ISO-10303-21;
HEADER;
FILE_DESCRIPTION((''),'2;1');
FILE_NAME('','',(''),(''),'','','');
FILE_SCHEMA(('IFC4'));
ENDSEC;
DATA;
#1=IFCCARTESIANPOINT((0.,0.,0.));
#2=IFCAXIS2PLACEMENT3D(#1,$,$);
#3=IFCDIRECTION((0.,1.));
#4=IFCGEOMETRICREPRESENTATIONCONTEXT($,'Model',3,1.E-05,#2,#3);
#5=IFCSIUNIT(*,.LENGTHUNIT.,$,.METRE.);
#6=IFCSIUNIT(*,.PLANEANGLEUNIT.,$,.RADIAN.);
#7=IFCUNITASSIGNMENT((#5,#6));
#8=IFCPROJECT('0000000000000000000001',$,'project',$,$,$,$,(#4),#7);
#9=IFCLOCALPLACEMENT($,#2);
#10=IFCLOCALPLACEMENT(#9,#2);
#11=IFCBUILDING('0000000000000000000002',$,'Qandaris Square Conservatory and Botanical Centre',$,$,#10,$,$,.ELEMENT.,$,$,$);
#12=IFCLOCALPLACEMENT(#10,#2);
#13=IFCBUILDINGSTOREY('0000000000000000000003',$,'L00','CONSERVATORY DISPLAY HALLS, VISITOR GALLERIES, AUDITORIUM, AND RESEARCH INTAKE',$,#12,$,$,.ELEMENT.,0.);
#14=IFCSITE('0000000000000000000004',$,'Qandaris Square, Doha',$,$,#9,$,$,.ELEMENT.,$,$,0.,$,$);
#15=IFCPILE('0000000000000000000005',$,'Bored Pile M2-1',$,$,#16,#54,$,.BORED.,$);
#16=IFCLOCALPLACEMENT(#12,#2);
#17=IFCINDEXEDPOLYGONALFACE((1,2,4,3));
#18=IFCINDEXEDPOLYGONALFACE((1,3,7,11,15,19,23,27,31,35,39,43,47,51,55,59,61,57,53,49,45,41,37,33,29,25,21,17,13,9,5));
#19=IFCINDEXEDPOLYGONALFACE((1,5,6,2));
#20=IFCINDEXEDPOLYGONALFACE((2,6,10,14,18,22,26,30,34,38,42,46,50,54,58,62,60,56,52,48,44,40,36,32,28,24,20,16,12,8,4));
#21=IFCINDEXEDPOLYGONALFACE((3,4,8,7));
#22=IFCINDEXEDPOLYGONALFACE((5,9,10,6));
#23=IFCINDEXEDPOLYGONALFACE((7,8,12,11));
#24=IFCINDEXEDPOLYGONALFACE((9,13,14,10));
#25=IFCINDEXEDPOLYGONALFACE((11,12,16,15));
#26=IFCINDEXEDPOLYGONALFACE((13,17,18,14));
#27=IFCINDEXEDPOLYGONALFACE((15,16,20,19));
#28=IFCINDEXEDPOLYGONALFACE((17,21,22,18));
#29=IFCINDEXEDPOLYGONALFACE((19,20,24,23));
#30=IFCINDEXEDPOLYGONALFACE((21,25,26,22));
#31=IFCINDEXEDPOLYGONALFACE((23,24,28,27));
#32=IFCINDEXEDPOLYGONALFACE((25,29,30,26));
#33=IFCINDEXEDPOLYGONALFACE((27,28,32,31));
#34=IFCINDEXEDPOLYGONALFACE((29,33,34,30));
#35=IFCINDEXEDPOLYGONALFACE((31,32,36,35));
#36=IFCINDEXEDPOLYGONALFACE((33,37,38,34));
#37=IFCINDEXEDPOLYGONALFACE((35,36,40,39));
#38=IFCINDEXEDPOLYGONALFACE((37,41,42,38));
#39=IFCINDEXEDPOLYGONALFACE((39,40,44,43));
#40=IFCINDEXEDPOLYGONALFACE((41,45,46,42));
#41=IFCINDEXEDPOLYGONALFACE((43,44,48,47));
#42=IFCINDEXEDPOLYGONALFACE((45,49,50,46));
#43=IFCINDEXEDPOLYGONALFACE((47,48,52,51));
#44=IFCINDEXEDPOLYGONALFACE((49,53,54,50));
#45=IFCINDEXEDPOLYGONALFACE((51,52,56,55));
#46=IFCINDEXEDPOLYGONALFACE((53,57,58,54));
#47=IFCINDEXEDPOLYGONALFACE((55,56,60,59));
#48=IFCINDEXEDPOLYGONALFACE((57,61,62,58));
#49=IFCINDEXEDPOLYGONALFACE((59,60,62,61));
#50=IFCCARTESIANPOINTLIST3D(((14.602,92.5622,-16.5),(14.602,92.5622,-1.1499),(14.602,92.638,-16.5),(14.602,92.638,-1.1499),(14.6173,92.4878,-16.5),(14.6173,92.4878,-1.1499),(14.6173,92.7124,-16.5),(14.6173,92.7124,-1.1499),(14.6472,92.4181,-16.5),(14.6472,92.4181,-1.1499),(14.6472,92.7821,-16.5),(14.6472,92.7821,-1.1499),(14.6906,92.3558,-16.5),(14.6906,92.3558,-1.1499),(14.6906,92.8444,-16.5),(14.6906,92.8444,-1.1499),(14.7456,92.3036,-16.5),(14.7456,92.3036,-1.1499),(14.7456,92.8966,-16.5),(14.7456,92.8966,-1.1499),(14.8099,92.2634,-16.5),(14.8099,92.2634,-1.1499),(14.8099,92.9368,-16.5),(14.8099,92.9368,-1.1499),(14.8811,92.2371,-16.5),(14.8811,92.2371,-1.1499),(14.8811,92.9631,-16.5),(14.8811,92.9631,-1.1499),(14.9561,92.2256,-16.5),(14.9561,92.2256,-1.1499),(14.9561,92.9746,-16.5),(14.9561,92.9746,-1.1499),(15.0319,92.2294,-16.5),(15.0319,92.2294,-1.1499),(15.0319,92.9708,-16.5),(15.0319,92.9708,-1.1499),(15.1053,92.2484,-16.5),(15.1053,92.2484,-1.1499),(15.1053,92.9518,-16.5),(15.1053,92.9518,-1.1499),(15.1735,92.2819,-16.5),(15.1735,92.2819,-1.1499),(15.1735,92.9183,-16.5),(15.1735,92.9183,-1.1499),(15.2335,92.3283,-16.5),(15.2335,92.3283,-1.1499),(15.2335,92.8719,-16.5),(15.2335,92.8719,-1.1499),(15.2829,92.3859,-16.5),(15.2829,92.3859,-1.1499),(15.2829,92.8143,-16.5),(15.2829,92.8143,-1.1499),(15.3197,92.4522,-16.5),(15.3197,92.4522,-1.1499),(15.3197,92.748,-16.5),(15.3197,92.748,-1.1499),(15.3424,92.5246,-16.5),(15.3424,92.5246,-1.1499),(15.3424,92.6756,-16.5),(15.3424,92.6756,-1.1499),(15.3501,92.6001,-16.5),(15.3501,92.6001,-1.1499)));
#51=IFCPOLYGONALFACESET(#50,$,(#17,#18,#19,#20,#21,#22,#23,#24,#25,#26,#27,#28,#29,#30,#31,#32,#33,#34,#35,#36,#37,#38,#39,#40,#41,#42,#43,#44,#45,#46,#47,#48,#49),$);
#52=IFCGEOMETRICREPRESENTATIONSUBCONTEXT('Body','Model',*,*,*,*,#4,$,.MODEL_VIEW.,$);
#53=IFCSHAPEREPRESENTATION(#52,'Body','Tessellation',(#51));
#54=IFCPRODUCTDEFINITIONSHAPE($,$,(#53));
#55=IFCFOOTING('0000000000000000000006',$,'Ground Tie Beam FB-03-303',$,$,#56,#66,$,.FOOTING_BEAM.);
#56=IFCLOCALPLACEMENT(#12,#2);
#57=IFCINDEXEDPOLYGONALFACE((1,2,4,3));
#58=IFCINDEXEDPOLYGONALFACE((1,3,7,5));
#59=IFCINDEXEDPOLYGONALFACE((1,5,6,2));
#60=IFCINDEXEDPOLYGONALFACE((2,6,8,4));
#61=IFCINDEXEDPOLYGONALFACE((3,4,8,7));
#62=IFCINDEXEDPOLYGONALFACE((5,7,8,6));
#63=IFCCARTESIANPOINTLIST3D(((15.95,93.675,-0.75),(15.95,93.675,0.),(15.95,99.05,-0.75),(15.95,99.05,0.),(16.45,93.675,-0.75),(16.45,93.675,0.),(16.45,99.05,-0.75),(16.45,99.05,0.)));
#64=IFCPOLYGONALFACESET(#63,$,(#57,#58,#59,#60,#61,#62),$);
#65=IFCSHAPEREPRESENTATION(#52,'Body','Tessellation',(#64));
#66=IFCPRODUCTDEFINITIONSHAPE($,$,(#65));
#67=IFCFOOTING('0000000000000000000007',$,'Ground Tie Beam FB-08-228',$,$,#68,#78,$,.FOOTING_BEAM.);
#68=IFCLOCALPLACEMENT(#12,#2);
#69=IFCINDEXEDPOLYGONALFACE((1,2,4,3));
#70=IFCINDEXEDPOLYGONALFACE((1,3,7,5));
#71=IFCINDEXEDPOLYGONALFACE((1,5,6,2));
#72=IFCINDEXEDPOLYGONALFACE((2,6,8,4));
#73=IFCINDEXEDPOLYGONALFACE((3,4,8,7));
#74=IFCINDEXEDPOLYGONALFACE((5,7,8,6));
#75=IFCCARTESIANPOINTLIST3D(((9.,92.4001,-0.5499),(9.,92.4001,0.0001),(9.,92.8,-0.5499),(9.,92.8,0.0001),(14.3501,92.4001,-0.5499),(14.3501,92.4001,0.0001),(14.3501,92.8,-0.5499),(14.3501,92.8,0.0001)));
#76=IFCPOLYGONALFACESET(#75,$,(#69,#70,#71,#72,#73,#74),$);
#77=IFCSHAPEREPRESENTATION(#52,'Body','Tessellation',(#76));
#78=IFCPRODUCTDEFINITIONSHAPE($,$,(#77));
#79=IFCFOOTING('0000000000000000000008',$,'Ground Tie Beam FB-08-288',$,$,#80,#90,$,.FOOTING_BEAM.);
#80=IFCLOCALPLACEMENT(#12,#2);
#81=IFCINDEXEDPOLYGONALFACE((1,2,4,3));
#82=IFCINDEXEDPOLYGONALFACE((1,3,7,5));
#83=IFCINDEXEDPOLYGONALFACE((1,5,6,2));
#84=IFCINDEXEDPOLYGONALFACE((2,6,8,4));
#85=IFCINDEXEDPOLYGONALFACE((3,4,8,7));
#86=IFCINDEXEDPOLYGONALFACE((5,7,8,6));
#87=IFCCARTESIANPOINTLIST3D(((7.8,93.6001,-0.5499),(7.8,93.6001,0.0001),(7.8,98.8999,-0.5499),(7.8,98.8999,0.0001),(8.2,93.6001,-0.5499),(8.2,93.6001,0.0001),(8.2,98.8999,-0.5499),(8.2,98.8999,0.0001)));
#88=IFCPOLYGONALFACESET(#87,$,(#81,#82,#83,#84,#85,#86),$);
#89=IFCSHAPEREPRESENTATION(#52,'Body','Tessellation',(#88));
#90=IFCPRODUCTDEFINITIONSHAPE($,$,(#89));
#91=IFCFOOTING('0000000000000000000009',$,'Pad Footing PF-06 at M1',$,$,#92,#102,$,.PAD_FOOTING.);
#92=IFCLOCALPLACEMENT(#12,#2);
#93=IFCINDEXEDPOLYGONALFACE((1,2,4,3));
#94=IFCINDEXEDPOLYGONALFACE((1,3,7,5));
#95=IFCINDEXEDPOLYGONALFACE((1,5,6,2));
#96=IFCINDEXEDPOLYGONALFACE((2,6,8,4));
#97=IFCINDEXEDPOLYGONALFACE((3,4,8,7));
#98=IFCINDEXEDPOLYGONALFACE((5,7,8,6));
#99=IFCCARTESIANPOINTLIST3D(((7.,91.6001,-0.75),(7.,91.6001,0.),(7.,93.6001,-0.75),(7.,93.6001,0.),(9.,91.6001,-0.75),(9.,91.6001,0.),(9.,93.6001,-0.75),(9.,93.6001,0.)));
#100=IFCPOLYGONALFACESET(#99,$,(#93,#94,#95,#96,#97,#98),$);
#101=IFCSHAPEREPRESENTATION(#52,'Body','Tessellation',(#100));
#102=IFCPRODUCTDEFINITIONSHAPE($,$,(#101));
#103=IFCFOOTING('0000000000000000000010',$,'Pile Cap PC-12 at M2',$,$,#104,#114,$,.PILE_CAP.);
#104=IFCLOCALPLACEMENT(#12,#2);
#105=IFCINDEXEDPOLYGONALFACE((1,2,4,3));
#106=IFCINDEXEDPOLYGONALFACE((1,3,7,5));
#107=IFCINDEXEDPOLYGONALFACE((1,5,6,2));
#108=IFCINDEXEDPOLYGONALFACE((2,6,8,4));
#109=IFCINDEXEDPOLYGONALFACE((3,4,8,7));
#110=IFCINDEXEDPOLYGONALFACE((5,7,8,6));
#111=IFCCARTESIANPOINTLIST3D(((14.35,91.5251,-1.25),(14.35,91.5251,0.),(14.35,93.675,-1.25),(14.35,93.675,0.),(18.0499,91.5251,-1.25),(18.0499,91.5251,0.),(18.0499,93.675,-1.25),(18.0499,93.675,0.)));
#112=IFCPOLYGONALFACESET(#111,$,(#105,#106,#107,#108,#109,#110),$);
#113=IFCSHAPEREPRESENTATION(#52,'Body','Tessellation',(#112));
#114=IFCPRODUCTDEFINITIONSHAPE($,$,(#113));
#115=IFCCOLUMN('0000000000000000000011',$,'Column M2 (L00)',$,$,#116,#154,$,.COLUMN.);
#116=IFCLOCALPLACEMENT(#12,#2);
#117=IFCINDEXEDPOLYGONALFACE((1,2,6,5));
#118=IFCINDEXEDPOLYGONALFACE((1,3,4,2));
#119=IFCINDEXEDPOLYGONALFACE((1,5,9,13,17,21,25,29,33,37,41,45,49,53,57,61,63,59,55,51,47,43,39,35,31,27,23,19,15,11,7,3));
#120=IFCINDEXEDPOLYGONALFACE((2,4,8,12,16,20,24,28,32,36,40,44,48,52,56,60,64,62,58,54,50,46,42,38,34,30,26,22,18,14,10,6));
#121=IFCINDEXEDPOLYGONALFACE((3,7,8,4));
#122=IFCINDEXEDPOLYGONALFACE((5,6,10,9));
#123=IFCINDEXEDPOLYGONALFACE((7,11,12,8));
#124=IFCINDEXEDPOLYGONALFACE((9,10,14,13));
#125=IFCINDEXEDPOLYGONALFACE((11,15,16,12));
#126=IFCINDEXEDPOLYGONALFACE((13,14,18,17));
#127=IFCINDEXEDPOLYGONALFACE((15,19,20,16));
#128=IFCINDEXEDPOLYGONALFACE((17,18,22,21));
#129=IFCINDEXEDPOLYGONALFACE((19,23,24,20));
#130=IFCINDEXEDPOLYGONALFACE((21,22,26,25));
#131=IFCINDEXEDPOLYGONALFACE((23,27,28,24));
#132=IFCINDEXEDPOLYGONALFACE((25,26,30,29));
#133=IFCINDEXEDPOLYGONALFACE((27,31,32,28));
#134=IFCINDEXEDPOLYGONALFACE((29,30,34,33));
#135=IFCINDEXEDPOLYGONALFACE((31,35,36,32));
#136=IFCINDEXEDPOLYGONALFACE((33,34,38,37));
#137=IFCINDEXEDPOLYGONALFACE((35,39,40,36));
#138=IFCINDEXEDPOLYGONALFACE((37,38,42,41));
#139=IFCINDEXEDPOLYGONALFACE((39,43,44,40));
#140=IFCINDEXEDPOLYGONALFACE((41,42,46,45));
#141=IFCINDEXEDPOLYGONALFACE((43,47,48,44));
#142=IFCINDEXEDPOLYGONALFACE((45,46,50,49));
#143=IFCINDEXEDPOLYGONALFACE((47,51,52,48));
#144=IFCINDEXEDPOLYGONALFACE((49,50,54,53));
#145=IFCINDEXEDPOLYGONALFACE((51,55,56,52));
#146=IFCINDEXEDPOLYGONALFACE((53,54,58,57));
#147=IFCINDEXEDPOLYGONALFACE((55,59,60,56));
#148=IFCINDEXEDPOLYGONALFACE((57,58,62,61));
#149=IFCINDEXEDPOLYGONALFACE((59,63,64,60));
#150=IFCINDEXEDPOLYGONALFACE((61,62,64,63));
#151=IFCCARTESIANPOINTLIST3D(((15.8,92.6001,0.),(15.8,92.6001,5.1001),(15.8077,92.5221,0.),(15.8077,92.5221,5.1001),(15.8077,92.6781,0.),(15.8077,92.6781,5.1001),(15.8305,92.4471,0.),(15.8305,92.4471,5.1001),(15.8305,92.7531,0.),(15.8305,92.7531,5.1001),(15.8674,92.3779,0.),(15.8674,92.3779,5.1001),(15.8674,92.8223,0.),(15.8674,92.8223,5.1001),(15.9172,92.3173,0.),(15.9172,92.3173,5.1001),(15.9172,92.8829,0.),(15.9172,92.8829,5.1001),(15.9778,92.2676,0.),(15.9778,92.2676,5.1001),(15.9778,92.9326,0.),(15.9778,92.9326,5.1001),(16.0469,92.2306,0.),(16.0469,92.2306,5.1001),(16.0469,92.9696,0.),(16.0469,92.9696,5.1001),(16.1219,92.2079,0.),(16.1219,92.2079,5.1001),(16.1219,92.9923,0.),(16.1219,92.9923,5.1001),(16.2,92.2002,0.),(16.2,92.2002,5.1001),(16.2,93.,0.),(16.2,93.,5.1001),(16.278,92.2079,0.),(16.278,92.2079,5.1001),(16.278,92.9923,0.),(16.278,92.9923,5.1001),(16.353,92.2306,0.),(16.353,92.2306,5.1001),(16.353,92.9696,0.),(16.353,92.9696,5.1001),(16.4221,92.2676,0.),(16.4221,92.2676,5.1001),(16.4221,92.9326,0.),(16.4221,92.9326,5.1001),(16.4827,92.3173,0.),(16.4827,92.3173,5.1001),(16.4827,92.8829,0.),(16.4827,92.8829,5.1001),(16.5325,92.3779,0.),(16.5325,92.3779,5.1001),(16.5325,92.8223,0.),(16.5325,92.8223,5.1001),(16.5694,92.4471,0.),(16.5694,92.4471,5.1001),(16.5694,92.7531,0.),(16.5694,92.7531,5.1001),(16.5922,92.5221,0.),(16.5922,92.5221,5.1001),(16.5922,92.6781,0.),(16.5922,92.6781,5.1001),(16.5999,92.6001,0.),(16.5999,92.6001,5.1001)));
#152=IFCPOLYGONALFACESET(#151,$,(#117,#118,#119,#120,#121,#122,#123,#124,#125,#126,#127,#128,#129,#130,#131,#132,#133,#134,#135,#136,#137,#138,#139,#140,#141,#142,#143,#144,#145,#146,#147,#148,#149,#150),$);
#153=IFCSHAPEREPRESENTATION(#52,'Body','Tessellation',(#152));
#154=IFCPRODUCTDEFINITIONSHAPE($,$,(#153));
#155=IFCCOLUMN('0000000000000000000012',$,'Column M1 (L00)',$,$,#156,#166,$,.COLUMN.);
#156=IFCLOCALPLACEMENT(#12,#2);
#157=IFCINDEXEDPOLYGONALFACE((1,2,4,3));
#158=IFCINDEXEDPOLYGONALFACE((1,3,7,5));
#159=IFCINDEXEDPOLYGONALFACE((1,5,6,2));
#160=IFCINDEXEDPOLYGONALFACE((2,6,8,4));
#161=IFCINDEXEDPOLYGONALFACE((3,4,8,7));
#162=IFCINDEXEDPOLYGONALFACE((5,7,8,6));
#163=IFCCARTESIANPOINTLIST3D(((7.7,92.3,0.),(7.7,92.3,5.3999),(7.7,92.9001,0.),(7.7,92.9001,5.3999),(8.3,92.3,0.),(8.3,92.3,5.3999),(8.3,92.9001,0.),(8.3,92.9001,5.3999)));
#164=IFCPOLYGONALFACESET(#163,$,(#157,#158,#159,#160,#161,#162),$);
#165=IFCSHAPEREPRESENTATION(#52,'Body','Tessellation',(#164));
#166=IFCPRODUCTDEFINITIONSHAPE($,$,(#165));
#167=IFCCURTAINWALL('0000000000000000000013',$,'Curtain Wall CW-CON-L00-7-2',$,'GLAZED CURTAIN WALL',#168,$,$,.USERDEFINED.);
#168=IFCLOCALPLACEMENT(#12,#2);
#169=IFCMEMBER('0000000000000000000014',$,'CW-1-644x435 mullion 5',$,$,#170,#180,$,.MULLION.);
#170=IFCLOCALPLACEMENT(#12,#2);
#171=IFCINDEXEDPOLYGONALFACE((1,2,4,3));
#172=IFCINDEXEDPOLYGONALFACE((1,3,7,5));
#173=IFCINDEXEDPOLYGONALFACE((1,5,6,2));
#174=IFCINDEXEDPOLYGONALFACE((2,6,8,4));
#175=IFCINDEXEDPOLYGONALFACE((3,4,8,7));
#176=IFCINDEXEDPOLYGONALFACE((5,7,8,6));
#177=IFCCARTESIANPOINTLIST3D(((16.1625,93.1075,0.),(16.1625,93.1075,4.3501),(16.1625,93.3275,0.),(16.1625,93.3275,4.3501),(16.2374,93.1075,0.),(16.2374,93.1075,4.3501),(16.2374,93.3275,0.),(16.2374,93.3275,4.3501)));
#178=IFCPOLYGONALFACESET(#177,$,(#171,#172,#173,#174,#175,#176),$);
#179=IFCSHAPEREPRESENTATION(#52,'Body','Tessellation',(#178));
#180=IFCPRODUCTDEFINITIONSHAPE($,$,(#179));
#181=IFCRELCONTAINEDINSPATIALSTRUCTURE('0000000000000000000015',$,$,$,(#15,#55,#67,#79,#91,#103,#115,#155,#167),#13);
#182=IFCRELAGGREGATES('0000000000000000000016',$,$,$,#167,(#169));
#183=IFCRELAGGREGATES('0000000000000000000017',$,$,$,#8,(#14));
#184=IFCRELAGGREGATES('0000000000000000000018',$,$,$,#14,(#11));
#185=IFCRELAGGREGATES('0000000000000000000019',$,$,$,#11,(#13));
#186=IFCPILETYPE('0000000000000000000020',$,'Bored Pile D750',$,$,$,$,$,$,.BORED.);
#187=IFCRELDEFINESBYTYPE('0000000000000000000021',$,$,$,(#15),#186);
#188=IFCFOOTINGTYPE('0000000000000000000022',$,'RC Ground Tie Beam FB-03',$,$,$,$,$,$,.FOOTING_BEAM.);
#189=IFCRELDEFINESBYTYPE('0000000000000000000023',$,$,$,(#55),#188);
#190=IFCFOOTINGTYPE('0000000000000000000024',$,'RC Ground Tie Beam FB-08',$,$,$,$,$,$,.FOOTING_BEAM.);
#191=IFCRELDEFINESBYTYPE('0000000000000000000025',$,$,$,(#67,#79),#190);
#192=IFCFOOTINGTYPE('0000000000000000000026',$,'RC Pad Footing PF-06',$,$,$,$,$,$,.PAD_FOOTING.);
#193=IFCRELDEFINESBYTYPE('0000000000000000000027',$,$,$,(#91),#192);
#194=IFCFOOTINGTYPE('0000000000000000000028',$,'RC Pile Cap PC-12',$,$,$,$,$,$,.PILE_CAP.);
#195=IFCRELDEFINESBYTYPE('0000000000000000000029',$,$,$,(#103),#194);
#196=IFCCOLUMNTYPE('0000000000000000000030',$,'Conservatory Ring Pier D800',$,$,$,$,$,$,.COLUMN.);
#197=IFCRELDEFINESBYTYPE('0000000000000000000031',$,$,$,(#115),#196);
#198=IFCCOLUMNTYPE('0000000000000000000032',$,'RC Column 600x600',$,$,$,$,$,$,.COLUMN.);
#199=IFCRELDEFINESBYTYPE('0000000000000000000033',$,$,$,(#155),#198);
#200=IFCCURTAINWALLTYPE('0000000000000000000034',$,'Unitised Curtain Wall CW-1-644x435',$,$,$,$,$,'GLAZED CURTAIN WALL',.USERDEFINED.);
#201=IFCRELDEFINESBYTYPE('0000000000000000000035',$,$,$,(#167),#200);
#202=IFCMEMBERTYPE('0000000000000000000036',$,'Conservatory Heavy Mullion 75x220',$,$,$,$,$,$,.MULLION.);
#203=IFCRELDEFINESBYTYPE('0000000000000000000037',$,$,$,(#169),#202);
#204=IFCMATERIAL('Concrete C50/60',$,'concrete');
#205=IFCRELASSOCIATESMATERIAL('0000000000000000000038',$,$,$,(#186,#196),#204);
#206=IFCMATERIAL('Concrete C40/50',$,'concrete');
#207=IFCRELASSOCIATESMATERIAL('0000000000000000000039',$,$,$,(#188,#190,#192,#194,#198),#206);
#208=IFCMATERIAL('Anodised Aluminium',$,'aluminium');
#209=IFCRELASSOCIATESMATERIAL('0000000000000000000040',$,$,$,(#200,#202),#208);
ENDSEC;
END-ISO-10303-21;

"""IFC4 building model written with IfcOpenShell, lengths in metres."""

from ifc_helpers import new_model, si_unit, direction, frame, origin, origin_2d, place, context, subcontext, project, spatial, rectangle, circle, extrude, material, material_profile, profile_set, type_object, element, aggregate, save


model = new_model("IFC4")

# Units and contexts
model_context = context("Model", 3, precision=1e-05, world=origin(), true_north=direction((0.0, 1.0)))
body_context = subcontext(model_context, "Body", "Model", "MODEL_VIEW")
ifc_project = project(units=[si_unit("LENGTHUNIT", "METRE"), si_unit("PLANEANGLEUNIT", "RADIAN")], contexts=[model_context])

# Site, building, storey
site_placement = place(None, origin())
site = spatial("IfcSite", under=ifc_project, at=site_placement, Name="Qandaris Square, Doha", CompositionType="ELEMENT", RefElevation=0.0)
building_placement = place(site_placement, origin())
building = spatial("IfcBuilding", under=site, at=building_placement, Name="Qandaris Square Conservatory and Botanical Centre", CompositionType="ELEMENT")
storey_placement = place(building_placement, origin())
storey = spatial("IfcBuildingStorey", under=building, at=storey_placement, Name="L00", Description="CONSERVATORY DISPLAY HALLS, VISITOR GALLERIES, AUDITORIUM, AND RESEARCH INTAKE", CompositionType="ELEMENT", Elevation=0.0)

# Pile
ifc_material_1 = material(Name="Concrete C50/60", Category="concrete")
ifc_material_profile_1 = material_profile(ifc_material_1, circle(Radius=0.375, at=origin_2d()), Name="PILE D750")
ifc_profile_set_1 = profile_set([ifc_material_profile_1], Name="Concrete C50/60")
pile_type = type_object("IfcPileType", Name="Bored Pile D750", PredefinedType="BORED", material=ifc_profile_set_1)
pile_placement = place(storey_placement, frame((14.9751, 92.6001, -1.1499), z_axis=(0.0, 0.0, -1.0), x_axis=(1.0, 0.0, 0.0)))
element("IfcPile", 1, at=pile_placement, inside=storey, type_object=pile_type, Name="Bored Pile M2-1", PredefinedType="BORED", context=body_context, shape_type="SweptSolid", body=[
    extrude(circle(Radius=0.375, at=origin_2d()), origin(), (0.0, 0.0, 1.0), 15.3501),
])

# Footings
ifc_material_2 = material(Name="Concrete C40/50", Category="concrete")
ifc_material_profile_2 = material_profile(ifc_material_2, rectangle(XDim=0.5, YDim=0.75, at=origin_2d()), Name="FB 500x750")
ifc_profile_set_2 = profile_set([ifc_material_profile_2], Name="Concrete C40/50")
footing_type_1 = type_object("IfcFootingType", Name="RC Ground Tie Beam FB-03", PredefinedType="FOOTING_BEAM", material=ifc_profile_set_2)
footing_1_placement = place(storey_placement, frame((16.2, 93.675, -0.375), z_axis=(0.0, 1.0, 0.0), x_axis=(-1.0, 0.0, 0.0)))
element("IfcFooting", 2, at=footing_1_placement, inside=storey, type_object=footing_type_1, Name="Ground Tie Beam FB-03-303", PredefinedType="FOOTING_BEAM", context=body_context, shape_type="SweptSolid", body=[
    extrude(rectangle(XDim=0.5, YDim=0.75, at=origin_2d()), origin(), (0.0, 0.0, 1.0), 5.375),
])
ifc_material_profile_3 = material_profile(ifc_material_2, rectangle(XDim=0.3999, YDim=0.55, at=origin_2d()), Name="FB 400x550")
ifc_profile_set_3 = profile_set([ifc_material_profile_3], Name="Concrete C40/50")
footing_type_2 = type_object("IfcFootingType", Name="RC Ground Tie Beam FB-08", PredefinedType="FOOTING_BEAM", material=ifc_profile_set_3)
footing_2_placement = place(storey_placement, frame((9.0, 92.6001, -0.2749), z_axis=(1.0, 0.0, 0.0), x_axis=(0.0, 1.0, 0.0)))
element("IfcFooting", 3, at=footing_2_placement, inside=storey, type_object=footing_type_2, Name="Ground Tie Beam FB-08-228", PredefinedType="FOOTING_BEAM", context=body_context, shape_type="SweptSolid", body=[
    extrude(rectangle(XDim=0.3999, YDim=0.55, at=origin_2d()), origin(), (0.0, 0.0, 1.0), 5.3501),
])
footing_3_placement = place(storey_placement, frame((8.0, 93.6001, -0.2749), z_axis=(0.0, 1.0, 0.0), x_axis=(-1.0, 0.0, 0.0)))
element("IfcFooting", 4, at=footing_3_placement, inside=storey, type_object=footing_type_2, Name="Ground Tie Beam FB-08-288", PredefinedType="FOOTING_BEAM", context=body_context, shape_type="SweptSolid", body=[
    extrude(rectangle(XDim=0.3999, YDim=0.55, at=origin_2d()), origin(), (0.0, 0.0, 1.0), 5.2998),
])
footing_type_3 = type_object("IfcFootingType", Name="RC Pad Footing PF-06", PredefinedType="PAD_FOOTING", material=ifc_material_2)
footing_4_placement = place(storey_placement, frame((8.0, 92.6001, -0.75), z_axis=(0.0, 0.0, 1.0), x_axis=(1.0, 0.0, 0.0)))
element("IfcFooting", 5, at=footing_4_placement, inside=storey, type_object=footing_type_3, Name="Pad Footing PF-06 at M1", PredefinedType="PAD_FOOTING", context=body_context, shape_type="SweptSolid", body=[
    extrude(rectangle(XDim=2.0, YDim=2.0, at=origin_2d()), origin(), (0.0, 0.0, 1.0), 0.75),
])
footing_type_4 = type_object("IfcFootingType", Name="RC Pile Cap PC-12", PredefinedType="PILE_CAP", material=ifc_material_2)
footing_5_placement = place(storey_placement, frame((16.2, 92.6001, -1.25), z_axis=(0.0, 0.0, 1.0), x_axis=(1.0, 0.0, 0.0)))
element("IfcFooting", 6, at=footing_5_placement, inside=storey, type_object=footing_type_4, Name="Pile Cap PC-12 at M2", PredefinedType="PILE_CAP", context=body_context, shape_type="SweptSolid", body=[
    extrude(rectangle(XDim=3.7, YDim=2.1499, at=origin_2d()), origin(), (0.0, 0.0, 1.0), 1.25),
])

# Columns
ifc_material_profile_4 = material_profile(ifc_material_1, circle(Radius=0.3999, at=origin_2d()), Name="RC-COL D800")
ifc_profile_set_4 = profile_set([ifc_material_profile_4], Name="Concrete C50/60")
column_type_1 = type_object("IfcColumnType", Name="Conservatory Ring Pier D800", PredefinedType="COLUMN", material=ifc_profile_set_4)
column_1_placement = place(storey_placement, frame((16.2, 92.6001, 0.0), z_axis=(0.0, 0.0, 1.0), x_axis=(1.0, 0.0, 0.0)))
element("IfcColumn", 7, at=column_1_placement, inside=storey, type_object=column_type_1, Name="Column M2 (L00)", PredefinedType="COLUMN", context=body_context, shape_type="SweptSolid", body=[
    extrude(circle(Radius=0.3999, at=origin_2d()), origin(), (0.0, 0.0, 1.0), 5.1001),
])
ifc_material_profile_5 = material_profile(ifc_material_2, rectangle(XDim=0.6001, YDim=0.6001, at=origin_2d()), Name="RC-COL 600x600")
ifc_profile_set_5 = profile_set([ifc_material_profile_5], Name="Concrete C40/50")
column_type_2 = type_object("IfcColumnType", Name="RC Column 600x600", PredefinedType="COLUMN", material=ifc_profile_set_5)
column_2_placement = place(storey_placement, frame((8.0, 92.6001, 0.0), z_axis=(0.0, 0.0, 1.0), x_axis=(1.0, 0.0, 0.0)))
element("IfcColumn", 8, at=column_2_placement, inside=storey, type_object=column_type_2, Name="Column M1 (L00)", PredefinedType="COLUMN", context=body_context, shape_type="SweptSolid", body=[
    extrude(rectangle(XDim=0.6001, YDim=0.6001, at=origin_2d()), origin(), (0.0, 0.0, 1.0), 5.3999),
])

# Curtain wall, member
ifc_material_3 = material(Name="Anodised Aluminium", Category="aluminium")
curtain_wall_type = type_object("IfcCurtainWallType", Name="Unitised Curtain Wall CW-1-644x435", ElementType="GLAZED CURTAIN WALL", PredefinedType="USERDEFINED", material=ifc_material_3)
curtain_wall_1_placement = place(storey_placement, origin())
curtain_wall_1 = element("IfcCurtainWall", 9, at=curtain_wall_1_placement, inside=storey, type_object=curtain_wall_type, Name="Curtain Wall CW-CON-L00-7-2", ObjectType="GLAZED CURTAIN WALL", PredefinedType="USERDEFINED")
ifc_material_profile_6 = material_profile(ifc_material_3, rectangle(XDim=0.075, YDim=0.22, at=origin_2d()), Name="ALU-MUL 75x220")
ifc_profile_set_6 = profile_set([ifc_material_profile_6], Name="Anodised Aluminium")
member_type_1 = type_object("IfcMemberType", Name="Conservatory Heavy Mullion 75x220", PredefinedType="MULLION", material=ifc_profile_set_6)
member_1_placement = place(storey_placement, frame((16.2, 93.2175, 0.0), z_axis=(0.0, 0.0, 1.0), x_axis=(1.0, 0.0, 0.0)))
member_1 = element("IfcMember", 10, at=member_1_placement, type_object=member_type_1, Name="CW-1-644x435 mullion 5", PredefinedType="MULLION", context=body_context, shape_type="SweptSolid", body=[
    extrude(rectangle(XDim=0.075, YDim=0.22, at=origin_2d()), origin(), (0.0, 0.0, 1.0), 4.3501),
])

aggregate(curtain_wall_1, [member_1])

save(model, "model.ifc")
